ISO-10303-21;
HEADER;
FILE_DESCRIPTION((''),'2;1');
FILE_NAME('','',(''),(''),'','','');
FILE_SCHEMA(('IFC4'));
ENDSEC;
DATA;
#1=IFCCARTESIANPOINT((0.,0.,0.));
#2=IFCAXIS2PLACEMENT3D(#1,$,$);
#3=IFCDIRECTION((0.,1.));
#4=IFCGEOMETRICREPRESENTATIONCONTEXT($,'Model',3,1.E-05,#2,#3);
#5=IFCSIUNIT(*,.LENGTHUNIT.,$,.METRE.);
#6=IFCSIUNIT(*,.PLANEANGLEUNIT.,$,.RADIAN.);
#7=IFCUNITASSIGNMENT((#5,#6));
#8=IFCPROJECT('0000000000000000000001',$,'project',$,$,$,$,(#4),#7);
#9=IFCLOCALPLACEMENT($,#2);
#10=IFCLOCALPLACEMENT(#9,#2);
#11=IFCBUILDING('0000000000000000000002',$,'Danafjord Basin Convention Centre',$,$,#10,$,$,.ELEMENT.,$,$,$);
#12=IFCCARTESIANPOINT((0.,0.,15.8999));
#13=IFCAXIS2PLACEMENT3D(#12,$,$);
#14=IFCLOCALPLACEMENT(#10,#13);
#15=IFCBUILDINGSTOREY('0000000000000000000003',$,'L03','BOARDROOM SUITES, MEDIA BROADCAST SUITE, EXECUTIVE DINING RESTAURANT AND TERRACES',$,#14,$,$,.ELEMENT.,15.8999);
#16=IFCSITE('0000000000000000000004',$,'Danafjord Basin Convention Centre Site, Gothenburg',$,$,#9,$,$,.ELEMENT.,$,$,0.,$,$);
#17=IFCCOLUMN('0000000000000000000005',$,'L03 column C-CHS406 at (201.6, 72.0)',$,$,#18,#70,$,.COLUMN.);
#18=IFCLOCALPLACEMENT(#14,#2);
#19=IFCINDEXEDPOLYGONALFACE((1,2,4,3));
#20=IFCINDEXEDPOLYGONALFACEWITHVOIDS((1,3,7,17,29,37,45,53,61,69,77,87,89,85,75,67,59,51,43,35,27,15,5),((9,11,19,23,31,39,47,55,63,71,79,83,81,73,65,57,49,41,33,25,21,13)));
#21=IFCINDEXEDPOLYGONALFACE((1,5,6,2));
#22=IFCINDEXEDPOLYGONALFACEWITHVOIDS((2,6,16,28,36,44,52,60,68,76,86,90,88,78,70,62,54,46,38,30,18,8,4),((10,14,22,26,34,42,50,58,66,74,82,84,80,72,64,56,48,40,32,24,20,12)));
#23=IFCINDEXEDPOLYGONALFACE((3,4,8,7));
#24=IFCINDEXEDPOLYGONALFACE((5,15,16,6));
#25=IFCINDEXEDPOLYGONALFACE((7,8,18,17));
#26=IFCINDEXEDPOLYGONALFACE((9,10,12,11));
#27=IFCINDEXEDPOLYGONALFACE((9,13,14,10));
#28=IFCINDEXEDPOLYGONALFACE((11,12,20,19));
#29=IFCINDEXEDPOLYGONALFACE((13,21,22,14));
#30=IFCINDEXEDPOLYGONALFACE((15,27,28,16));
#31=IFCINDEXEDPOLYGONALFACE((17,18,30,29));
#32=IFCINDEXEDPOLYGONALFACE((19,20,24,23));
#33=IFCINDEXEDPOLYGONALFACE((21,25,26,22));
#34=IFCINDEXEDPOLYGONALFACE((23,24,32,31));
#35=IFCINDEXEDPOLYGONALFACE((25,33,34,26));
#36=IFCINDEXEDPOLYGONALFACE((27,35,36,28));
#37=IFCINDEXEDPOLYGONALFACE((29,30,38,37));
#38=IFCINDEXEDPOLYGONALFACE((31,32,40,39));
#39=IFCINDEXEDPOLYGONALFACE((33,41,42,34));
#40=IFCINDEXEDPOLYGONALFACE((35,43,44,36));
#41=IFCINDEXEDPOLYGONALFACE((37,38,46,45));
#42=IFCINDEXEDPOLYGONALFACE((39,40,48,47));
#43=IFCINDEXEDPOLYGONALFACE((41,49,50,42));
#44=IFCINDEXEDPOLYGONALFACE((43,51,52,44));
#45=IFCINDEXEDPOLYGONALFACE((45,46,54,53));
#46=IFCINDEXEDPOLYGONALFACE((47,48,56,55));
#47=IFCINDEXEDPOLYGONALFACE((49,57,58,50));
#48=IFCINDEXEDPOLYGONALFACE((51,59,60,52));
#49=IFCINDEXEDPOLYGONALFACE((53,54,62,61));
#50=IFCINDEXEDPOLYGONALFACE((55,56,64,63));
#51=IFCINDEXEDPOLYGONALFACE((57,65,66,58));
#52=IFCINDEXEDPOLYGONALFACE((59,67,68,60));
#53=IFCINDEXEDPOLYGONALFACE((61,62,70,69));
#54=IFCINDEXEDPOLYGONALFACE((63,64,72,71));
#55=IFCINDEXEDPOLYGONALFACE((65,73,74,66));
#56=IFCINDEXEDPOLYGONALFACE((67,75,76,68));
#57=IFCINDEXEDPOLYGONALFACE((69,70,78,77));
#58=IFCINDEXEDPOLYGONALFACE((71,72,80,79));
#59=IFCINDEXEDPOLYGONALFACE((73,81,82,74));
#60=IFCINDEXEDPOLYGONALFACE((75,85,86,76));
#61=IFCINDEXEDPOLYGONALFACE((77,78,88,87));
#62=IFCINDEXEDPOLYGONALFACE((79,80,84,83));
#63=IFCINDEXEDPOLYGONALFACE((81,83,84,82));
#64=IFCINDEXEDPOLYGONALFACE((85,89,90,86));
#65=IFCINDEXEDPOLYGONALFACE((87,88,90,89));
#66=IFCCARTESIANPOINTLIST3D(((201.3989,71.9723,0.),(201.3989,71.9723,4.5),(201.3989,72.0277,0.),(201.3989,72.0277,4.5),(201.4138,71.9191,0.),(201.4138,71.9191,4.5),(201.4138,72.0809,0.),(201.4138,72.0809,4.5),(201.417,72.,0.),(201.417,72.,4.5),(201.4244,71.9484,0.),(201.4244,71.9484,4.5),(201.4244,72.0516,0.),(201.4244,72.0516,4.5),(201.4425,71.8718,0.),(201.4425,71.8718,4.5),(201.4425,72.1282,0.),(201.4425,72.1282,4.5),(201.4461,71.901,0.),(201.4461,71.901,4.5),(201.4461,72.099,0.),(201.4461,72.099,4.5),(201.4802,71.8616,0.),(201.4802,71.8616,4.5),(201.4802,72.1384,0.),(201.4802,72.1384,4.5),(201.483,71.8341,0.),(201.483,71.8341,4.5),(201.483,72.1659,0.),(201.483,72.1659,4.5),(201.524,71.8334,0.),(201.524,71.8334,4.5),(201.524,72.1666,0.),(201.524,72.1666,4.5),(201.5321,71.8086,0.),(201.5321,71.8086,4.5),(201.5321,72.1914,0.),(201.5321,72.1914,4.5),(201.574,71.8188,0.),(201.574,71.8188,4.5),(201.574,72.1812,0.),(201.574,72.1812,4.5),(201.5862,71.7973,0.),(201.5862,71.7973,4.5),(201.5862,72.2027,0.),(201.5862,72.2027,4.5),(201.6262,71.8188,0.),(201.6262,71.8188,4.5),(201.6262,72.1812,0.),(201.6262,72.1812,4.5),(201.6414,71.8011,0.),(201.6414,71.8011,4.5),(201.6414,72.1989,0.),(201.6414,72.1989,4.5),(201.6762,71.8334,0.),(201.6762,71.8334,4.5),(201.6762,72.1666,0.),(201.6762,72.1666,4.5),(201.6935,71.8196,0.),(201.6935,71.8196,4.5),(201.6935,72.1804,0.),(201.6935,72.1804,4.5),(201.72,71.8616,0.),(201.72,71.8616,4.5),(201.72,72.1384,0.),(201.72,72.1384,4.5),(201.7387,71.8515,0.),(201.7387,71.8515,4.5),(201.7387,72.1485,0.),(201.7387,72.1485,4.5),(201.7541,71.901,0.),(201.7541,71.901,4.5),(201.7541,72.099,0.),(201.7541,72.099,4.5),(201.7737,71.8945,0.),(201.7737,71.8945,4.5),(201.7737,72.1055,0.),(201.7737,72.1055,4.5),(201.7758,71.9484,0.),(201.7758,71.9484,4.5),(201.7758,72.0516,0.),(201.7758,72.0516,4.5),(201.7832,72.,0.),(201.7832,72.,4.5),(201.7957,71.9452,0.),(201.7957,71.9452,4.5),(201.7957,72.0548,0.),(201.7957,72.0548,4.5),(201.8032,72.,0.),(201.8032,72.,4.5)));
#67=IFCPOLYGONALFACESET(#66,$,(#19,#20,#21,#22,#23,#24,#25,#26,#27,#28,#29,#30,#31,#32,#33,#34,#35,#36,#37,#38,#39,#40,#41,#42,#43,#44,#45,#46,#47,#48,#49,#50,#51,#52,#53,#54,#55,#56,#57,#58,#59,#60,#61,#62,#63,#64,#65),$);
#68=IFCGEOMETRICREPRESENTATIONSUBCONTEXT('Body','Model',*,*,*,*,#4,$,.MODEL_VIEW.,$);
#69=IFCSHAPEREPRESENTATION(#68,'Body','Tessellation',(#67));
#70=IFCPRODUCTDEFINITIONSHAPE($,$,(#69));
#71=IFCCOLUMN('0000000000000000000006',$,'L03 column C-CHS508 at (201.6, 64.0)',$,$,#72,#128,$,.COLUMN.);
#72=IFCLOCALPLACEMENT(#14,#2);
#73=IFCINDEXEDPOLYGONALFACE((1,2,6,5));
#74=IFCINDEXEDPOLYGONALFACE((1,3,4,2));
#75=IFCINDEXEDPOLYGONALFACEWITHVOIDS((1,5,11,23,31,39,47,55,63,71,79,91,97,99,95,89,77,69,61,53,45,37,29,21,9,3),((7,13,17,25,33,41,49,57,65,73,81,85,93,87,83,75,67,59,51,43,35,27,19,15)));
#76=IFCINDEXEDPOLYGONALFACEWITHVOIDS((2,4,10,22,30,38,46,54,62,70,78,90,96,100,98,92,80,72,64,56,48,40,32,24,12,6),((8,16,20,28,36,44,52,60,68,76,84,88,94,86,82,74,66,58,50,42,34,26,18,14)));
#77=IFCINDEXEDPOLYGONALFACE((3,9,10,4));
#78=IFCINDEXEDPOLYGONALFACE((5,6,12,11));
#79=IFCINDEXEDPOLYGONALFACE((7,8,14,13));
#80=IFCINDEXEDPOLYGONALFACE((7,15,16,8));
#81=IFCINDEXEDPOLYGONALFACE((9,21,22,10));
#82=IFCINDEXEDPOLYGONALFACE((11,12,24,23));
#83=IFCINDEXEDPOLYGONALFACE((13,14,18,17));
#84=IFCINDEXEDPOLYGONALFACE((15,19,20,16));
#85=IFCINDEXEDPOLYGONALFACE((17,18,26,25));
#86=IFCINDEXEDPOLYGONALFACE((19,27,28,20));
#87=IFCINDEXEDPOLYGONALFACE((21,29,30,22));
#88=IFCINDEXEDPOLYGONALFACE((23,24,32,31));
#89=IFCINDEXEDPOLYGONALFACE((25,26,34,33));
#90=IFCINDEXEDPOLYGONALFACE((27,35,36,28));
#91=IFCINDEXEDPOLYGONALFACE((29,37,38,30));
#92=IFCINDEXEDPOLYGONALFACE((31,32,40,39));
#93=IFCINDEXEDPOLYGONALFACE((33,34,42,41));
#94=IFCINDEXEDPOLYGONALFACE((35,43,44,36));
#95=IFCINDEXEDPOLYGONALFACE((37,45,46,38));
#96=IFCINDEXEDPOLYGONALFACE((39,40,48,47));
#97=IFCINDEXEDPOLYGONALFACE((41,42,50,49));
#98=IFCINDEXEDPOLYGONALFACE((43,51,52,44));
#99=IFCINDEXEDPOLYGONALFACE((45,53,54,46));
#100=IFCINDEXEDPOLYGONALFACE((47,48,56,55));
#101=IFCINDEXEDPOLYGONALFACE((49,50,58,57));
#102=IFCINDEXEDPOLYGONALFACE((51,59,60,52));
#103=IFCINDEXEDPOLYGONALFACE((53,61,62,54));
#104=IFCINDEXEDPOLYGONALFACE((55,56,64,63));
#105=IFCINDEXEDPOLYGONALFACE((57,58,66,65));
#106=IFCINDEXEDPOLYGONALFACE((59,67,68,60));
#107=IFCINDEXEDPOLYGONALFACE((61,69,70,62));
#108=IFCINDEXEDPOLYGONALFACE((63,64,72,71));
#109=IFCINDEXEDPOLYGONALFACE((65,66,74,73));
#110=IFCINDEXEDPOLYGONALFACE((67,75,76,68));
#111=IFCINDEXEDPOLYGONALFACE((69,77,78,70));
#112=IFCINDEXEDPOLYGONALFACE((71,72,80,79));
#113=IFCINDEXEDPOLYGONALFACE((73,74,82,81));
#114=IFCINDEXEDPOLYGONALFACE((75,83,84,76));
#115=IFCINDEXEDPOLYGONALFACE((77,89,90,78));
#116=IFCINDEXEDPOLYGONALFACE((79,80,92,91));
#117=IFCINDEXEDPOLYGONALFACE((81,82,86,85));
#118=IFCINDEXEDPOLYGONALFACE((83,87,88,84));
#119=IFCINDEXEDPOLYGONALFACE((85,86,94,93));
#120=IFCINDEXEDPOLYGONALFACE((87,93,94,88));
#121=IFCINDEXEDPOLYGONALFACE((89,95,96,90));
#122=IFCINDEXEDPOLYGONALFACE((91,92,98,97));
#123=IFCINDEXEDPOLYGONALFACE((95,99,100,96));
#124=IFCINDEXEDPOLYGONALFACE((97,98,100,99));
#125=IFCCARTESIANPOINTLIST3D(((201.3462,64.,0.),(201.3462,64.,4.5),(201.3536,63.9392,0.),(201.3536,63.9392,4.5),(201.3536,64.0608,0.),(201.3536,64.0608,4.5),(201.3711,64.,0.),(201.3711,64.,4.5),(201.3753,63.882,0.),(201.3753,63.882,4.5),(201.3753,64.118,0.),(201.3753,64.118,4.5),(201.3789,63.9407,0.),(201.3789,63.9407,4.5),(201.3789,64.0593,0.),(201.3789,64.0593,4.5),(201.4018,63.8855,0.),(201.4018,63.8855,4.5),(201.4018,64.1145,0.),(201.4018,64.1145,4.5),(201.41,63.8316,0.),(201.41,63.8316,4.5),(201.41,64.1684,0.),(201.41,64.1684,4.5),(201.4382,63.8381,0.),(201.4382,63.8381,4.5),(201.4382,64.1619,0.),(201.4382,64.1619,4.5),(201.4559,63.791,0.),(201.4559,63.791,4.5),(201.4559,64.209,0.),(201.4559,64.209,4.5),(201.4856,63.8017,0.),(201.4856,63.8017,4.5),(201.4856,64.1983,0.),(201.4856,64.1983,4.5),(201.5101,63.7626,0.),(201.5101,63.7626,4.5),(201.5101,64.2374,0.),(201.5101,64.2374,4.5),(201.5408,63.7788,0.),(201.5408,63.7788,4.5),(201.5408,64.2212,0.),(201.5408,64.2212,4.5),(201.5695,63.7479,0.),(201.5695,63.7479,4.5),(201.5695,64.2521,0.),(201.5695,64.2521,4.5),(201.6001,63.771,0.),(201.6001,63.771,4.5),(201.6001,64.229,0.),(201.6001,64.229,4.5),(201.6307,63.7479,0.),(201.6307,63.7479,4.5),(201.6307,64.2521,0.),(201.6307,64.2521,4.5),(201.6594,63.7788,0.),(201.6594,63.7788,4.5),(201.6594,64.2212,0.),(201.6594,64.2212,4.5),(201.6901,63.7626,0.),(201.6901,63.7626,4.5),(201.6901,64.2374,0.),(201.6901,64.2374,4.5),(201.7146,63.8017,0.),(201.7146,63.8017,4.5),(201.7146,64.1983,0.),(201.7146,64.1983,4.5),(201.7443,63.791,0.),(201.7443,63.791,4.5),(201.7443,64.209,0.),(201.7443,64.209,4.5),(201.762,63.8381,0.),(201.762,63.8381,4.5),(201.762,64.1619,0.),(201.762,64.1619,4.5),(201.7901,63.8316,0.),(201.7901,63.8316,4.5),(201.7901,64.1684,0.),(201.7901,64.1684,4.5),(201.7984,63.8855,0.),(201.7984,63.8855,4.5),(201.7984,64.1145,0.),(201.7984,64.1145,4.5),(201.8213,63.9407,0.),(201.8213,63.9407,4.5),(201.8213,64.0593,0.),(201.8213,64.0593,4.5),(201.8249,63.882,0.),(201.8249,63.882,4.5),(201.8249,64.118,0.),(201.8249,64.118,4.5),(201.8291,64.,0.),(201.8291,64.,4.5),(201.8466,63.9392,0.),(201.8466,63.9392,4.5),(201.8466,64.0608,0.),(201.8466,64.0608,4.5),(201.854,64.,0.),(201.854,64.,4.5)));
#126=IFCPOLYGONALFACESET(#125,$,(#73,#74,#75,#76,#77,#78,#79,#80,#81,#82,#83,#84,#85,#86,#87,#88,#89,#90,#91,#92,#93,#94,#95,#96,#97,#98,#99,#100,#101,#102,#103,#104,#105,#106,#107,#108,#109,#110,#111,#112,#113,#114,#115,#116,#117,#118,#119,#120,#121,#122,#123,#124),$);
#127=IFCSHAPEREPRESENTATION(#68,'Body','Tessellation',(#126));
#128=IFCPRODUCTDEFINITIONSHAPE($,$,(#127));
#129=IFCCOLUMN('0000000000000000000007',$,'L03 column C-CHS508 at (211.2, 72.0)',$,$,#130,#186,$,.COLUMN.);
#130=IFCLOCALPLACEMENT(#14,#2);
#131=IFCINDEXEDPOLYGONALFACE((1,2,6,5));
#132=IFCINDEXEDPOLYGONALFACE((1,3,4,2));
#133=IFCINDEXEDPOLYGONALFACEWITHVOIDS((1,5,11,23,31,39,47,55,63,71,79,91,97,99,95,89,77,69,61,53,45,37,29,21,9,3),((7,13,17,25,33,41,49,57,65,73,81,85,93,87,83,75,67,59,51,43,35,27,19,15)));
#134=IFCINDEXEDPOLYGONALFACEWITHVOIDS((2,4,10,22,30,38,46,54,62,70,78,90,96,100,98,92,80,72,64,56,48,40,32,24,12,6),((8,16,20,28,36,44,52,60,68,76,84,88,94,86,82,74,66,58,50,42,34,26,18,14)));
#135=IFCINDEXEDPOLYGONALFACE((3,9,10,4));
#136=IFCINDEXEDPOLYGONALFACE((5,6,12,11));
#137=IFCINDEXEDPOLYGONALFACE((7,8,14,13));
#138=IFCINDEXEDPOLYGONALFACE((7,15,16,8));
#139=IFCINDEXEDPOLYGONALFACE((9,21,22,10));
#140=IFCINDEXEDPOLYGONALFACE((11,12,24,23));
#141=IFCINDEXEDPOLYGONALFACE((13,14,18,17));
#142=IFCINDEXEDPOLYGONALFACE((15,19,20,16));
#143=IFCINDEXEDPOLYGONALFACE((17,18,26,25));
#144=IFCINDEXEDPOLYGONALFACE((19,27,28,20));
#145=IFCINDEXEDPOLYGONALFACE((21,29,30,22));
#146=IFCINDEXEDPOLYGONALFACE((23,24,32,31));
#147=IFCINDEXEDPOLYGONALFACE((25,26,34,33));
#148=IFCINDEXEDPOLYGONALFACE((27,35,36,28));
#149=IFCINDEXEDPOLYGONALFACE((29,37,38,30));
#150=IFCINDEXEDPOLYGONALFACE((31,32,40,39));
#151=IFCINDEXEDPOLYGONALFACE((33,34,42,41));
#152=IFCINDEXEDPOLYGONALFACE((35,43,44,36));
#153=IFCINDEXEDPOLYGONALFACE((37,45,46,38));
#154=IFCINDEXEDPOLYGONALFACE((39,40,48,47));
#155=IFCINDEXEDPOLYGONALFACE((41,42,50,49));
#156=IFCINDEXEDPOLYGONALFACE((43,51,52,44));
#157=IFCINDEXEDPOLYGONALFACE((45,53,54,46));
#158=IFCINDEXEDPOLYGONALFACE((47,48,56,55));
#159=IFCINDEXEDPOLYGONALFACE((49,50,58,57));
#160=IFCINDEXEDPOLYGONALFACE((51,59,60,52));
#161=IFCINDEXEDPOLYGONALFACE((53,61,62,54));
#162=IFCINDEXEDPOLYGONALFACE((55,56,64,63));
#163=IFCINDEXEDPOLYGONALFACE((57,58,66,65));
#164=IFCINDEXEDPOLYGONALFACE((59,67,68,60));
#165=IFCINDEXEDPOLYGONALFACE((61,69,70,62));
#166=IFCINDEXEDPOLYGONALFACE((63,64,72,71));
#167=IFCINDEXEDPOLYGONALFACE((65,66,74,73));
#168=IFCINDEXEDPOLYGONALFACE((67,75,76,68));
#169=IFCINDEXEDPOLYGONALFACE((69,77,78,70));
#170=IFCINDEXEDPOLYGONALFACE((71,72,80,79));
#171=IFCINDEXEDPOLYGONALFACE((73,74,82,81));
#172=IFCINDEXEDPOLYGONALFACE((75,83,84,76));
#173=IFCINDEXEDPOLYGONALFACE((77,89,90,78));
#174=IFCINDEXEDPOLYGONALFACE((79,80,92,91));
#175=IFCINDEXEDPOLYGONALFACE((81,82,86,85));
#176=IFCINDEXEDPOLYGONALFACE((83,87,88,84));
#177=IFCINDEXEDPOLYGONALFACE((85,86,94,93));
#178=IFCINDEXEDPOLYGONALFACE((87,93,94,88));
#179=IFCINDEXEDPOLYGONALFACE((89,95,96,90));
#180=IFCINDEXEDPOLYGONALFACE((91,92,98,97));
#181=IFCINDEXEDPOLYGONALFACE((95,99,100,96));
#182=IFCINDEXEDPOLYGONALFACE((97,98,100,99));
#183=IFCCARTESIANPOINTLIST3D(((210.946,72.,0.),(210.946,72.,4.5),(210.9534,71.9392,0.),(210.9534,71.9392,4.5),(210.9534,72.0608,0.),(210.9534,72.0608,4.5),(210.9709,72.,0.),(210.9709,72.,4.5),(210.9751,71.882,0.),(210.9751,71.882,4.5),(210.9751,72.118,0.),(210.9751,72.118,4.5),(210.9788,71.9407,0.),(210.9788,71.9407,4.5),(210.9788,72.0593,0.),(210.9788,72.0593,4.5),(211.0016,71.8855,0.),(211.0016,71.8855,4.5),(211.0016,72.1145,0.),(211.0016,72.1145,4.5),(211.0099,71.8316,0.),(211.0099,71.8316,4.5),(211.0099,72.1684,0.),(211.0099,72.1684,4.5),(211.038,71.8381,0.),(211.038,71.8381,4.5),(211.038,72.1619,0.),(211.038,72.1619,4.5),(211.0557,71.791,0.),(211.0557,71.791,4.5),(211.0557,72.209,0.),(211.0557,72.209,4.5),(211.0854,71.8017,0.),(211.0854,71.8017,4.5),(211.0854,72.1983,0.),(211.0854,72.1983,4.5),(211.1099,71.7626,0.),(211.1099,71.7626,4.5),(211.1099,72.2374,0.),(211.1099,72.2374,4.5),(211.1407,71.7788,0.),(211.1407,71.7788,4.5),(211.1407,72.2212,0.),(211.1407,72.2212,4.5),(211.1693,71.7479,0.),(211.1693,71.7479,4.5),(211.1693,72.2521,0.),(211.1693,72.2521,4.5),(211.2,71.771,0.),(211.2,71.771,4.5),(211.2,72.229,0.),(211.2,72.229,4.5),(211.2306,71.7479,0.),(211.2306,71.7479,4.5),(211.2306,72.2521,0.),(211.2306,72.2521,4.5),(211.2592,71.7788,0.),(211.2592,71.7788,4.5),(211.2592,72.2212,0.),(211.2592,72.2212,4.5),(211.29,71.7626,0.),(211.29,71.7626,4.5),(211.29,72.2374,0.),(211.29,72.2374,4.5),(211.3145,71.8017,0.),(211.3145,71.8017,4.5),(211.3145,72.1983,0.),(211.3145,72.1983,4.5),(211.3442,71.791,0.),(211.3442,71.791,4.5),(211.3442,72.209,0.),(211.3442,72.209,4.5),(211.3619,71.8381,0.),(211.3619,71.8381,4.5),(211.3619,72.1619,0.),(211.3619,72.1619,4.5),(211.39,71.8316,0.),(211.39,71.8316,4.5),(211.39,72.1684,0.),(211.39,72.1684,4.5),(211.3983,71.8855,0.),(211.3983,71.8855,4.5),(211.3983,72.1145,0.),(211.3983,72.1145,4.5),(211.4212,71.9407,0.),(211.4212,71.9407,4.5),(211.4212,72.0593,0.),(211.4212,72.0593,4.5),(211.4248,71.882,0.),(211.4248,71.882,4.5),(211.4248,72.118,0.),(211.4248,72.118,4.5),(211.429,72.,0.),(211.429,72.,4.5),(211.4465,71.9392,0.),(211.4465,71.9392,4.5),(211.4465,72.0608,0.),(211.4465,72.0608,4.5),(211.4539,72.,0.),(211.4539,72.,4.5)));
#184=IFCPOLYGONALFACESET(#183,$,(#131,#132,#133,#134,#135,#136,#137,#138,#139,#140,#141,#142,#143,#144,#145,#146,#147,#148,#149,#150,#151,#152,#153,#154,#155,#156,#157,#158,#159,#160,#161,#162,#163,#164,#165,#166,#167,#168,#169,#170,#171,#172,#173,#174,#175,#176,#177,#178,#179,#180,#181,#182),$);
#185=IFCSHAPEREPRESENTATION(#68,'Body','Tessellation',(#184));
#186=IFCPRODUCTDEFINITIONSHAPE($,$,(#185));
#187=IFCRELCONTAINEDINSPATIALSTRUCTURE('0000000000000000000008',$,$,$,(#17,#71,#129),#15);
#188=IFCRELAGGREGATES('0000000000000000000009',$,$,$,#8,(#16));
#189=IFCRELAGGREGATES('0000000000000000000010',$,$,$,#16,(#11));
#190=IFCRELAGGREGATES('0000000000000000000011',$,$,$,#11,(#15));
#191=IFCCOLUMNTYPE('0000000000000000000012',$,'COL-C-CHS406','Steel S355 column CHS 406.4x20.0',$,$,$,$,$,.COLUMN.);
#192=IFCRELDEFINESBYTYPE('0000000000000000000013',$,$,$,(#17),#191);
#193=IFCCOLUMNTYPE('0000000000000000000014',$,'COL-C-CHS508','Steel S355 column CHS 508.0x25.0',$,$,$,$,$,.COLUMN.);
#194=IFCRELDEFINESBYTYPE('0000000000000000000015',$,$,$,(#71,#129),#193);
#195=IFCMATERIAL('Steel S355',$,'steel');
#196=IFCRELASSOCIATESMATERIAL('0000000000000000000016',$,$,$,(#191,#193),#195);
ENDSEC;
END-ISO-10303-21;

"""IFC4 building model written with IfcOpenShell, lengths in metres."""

from ifc_helpers import new_model, si_unit, direction, frame, origin, origin_2d, place, context, subcontext, project, spatial, hollow_circle, extrude, material, material_profile, profile_set, type_object, element, save


model = new_model("IFC4")

# Units and contexts
model_context = context("Model", 3, precision=1e-05, world=origin(), true_north=direction((0.0, 1.0)))
body_context = subcontext(model_context, "Body", "Model", "MODEL_VIEW")
ifc_project = project(units=[si_unit("LENGTHUNIT", "METRE"), si_unit("PLANEANGLEUNIT", "RADIAN")], contexts=[model_context])

# Site, building, storey
site_placement = place(None, origin())
site = spatial("IfcSite", under=ifc_project, at=site_placement, Name="Danafjord Basin Convention Centre Site, Gothenburg", CompositionType="ELEMENT", RefElevation=0.0)
building_placement = place(site_placement, origin())
building = spatial("IfcBuilding", under=site, at=building_placement, Name="Danafjord Basin Convention Centre", CompositionType="ELEMENT")
storey_placement = place(building_placement, frame((0.0, 0.0, 15.8999)))
storey = spatial("IfcBuildingStorey", under=building, at=storey_placement, Name="L03", Description="BOARDROOM SUITES, MEDIA BROADCAST SUITE, EXECUTIVE DINING RESTAURANT AND TERRACES", CompositionType="ELEMENT", Elevation=15.8999)

# Columns
ifc_material_1 = material(Name="Steel S355", Category="steel")
ifc_material_profile_1 = material_profile(ifc_material_1, hollow_circle(Radius=0.2031, WallThickness=0.02, at=origin_2d()), Name="CHS 406.4x20.0")
ifc_profile_set_1 = profile_set([ifc_material_profile_1], Name="Steel S355")
column_type_1 = type_object("IfcColumnType", Name="COL-C-CHS406", Description="Steel S355 column CHS 406.4x20.0", PredefinedType="COLUMN", material=ifc_profile_set_1)
column_1_placement = place(storey_placement, frame((201.6001, 72.0, 0.0), z_axis=(0.0, 0.0, 1.0), x_axis=(1.0, 0.0, 0.0)))
element("IfcColumn", 1, at=column_1_placement, inside=storey, type_object=column_type_1, Name="L03 column C-CHS406 at (201.6, 72.0)", PredefinedType="COLUMN", context=body_context, shape_type="SweptSolid", body=[
    extrude(hollow_circle(Radius=0.2031, WallThickness=0.02, at=origin_2d()), origin(), (0.0, 0.0, 1.0), 4.5),
])
ifc_material_profile_2 = material_profile(ifc_material_1, hollow_circle(Radius=0.2539, WallThickness=0.0249, at=origin_2d()), Name="CHS 508.0x25.0")
ifc_profile_set_2 = profile_set([ifc_material_profile_2], Name="Steel S355")
column_type_2 = type_object("IfcColumnType", Name="COL-C-CHS508", Description="Steel S355 column CHS 508.0x25.0", PredefinedType="COLUMN", material=ifc_profile_set_2)
for number, where, z_axis, x_axis, name in (
    (2, (201.6001, 64.0, 0.0), (0.0, 0.0, 1.0), (1.0, 0.0, 0.0), "L03 column C-CHS508 at (201.6, 64.0)"),
    (3, (211.2, 72.0, 0.0), (0.0, 0.0, 1.0), (1.0, 0.0, 0.0), "L03 column C-CHS508 at (211.2, 72.0)"),
):
    element("IfcColumn", number, at=place(storey_placement, frame(where, z_axis=z_axis, x_axis=x_axis)), inside=storey, type_object=column_type_2, Name=name, PredefinedType="COLUMN", context=body_context, shape_type="SweptSolid", body=[
        extrude(hollow_circle(Radius=0.2539, WallThickness=0.0249, at=origin_2d()), origin(), (0.0, 0.0, 1.0), 4.5),
    ])

save(model, "model.ifc")
